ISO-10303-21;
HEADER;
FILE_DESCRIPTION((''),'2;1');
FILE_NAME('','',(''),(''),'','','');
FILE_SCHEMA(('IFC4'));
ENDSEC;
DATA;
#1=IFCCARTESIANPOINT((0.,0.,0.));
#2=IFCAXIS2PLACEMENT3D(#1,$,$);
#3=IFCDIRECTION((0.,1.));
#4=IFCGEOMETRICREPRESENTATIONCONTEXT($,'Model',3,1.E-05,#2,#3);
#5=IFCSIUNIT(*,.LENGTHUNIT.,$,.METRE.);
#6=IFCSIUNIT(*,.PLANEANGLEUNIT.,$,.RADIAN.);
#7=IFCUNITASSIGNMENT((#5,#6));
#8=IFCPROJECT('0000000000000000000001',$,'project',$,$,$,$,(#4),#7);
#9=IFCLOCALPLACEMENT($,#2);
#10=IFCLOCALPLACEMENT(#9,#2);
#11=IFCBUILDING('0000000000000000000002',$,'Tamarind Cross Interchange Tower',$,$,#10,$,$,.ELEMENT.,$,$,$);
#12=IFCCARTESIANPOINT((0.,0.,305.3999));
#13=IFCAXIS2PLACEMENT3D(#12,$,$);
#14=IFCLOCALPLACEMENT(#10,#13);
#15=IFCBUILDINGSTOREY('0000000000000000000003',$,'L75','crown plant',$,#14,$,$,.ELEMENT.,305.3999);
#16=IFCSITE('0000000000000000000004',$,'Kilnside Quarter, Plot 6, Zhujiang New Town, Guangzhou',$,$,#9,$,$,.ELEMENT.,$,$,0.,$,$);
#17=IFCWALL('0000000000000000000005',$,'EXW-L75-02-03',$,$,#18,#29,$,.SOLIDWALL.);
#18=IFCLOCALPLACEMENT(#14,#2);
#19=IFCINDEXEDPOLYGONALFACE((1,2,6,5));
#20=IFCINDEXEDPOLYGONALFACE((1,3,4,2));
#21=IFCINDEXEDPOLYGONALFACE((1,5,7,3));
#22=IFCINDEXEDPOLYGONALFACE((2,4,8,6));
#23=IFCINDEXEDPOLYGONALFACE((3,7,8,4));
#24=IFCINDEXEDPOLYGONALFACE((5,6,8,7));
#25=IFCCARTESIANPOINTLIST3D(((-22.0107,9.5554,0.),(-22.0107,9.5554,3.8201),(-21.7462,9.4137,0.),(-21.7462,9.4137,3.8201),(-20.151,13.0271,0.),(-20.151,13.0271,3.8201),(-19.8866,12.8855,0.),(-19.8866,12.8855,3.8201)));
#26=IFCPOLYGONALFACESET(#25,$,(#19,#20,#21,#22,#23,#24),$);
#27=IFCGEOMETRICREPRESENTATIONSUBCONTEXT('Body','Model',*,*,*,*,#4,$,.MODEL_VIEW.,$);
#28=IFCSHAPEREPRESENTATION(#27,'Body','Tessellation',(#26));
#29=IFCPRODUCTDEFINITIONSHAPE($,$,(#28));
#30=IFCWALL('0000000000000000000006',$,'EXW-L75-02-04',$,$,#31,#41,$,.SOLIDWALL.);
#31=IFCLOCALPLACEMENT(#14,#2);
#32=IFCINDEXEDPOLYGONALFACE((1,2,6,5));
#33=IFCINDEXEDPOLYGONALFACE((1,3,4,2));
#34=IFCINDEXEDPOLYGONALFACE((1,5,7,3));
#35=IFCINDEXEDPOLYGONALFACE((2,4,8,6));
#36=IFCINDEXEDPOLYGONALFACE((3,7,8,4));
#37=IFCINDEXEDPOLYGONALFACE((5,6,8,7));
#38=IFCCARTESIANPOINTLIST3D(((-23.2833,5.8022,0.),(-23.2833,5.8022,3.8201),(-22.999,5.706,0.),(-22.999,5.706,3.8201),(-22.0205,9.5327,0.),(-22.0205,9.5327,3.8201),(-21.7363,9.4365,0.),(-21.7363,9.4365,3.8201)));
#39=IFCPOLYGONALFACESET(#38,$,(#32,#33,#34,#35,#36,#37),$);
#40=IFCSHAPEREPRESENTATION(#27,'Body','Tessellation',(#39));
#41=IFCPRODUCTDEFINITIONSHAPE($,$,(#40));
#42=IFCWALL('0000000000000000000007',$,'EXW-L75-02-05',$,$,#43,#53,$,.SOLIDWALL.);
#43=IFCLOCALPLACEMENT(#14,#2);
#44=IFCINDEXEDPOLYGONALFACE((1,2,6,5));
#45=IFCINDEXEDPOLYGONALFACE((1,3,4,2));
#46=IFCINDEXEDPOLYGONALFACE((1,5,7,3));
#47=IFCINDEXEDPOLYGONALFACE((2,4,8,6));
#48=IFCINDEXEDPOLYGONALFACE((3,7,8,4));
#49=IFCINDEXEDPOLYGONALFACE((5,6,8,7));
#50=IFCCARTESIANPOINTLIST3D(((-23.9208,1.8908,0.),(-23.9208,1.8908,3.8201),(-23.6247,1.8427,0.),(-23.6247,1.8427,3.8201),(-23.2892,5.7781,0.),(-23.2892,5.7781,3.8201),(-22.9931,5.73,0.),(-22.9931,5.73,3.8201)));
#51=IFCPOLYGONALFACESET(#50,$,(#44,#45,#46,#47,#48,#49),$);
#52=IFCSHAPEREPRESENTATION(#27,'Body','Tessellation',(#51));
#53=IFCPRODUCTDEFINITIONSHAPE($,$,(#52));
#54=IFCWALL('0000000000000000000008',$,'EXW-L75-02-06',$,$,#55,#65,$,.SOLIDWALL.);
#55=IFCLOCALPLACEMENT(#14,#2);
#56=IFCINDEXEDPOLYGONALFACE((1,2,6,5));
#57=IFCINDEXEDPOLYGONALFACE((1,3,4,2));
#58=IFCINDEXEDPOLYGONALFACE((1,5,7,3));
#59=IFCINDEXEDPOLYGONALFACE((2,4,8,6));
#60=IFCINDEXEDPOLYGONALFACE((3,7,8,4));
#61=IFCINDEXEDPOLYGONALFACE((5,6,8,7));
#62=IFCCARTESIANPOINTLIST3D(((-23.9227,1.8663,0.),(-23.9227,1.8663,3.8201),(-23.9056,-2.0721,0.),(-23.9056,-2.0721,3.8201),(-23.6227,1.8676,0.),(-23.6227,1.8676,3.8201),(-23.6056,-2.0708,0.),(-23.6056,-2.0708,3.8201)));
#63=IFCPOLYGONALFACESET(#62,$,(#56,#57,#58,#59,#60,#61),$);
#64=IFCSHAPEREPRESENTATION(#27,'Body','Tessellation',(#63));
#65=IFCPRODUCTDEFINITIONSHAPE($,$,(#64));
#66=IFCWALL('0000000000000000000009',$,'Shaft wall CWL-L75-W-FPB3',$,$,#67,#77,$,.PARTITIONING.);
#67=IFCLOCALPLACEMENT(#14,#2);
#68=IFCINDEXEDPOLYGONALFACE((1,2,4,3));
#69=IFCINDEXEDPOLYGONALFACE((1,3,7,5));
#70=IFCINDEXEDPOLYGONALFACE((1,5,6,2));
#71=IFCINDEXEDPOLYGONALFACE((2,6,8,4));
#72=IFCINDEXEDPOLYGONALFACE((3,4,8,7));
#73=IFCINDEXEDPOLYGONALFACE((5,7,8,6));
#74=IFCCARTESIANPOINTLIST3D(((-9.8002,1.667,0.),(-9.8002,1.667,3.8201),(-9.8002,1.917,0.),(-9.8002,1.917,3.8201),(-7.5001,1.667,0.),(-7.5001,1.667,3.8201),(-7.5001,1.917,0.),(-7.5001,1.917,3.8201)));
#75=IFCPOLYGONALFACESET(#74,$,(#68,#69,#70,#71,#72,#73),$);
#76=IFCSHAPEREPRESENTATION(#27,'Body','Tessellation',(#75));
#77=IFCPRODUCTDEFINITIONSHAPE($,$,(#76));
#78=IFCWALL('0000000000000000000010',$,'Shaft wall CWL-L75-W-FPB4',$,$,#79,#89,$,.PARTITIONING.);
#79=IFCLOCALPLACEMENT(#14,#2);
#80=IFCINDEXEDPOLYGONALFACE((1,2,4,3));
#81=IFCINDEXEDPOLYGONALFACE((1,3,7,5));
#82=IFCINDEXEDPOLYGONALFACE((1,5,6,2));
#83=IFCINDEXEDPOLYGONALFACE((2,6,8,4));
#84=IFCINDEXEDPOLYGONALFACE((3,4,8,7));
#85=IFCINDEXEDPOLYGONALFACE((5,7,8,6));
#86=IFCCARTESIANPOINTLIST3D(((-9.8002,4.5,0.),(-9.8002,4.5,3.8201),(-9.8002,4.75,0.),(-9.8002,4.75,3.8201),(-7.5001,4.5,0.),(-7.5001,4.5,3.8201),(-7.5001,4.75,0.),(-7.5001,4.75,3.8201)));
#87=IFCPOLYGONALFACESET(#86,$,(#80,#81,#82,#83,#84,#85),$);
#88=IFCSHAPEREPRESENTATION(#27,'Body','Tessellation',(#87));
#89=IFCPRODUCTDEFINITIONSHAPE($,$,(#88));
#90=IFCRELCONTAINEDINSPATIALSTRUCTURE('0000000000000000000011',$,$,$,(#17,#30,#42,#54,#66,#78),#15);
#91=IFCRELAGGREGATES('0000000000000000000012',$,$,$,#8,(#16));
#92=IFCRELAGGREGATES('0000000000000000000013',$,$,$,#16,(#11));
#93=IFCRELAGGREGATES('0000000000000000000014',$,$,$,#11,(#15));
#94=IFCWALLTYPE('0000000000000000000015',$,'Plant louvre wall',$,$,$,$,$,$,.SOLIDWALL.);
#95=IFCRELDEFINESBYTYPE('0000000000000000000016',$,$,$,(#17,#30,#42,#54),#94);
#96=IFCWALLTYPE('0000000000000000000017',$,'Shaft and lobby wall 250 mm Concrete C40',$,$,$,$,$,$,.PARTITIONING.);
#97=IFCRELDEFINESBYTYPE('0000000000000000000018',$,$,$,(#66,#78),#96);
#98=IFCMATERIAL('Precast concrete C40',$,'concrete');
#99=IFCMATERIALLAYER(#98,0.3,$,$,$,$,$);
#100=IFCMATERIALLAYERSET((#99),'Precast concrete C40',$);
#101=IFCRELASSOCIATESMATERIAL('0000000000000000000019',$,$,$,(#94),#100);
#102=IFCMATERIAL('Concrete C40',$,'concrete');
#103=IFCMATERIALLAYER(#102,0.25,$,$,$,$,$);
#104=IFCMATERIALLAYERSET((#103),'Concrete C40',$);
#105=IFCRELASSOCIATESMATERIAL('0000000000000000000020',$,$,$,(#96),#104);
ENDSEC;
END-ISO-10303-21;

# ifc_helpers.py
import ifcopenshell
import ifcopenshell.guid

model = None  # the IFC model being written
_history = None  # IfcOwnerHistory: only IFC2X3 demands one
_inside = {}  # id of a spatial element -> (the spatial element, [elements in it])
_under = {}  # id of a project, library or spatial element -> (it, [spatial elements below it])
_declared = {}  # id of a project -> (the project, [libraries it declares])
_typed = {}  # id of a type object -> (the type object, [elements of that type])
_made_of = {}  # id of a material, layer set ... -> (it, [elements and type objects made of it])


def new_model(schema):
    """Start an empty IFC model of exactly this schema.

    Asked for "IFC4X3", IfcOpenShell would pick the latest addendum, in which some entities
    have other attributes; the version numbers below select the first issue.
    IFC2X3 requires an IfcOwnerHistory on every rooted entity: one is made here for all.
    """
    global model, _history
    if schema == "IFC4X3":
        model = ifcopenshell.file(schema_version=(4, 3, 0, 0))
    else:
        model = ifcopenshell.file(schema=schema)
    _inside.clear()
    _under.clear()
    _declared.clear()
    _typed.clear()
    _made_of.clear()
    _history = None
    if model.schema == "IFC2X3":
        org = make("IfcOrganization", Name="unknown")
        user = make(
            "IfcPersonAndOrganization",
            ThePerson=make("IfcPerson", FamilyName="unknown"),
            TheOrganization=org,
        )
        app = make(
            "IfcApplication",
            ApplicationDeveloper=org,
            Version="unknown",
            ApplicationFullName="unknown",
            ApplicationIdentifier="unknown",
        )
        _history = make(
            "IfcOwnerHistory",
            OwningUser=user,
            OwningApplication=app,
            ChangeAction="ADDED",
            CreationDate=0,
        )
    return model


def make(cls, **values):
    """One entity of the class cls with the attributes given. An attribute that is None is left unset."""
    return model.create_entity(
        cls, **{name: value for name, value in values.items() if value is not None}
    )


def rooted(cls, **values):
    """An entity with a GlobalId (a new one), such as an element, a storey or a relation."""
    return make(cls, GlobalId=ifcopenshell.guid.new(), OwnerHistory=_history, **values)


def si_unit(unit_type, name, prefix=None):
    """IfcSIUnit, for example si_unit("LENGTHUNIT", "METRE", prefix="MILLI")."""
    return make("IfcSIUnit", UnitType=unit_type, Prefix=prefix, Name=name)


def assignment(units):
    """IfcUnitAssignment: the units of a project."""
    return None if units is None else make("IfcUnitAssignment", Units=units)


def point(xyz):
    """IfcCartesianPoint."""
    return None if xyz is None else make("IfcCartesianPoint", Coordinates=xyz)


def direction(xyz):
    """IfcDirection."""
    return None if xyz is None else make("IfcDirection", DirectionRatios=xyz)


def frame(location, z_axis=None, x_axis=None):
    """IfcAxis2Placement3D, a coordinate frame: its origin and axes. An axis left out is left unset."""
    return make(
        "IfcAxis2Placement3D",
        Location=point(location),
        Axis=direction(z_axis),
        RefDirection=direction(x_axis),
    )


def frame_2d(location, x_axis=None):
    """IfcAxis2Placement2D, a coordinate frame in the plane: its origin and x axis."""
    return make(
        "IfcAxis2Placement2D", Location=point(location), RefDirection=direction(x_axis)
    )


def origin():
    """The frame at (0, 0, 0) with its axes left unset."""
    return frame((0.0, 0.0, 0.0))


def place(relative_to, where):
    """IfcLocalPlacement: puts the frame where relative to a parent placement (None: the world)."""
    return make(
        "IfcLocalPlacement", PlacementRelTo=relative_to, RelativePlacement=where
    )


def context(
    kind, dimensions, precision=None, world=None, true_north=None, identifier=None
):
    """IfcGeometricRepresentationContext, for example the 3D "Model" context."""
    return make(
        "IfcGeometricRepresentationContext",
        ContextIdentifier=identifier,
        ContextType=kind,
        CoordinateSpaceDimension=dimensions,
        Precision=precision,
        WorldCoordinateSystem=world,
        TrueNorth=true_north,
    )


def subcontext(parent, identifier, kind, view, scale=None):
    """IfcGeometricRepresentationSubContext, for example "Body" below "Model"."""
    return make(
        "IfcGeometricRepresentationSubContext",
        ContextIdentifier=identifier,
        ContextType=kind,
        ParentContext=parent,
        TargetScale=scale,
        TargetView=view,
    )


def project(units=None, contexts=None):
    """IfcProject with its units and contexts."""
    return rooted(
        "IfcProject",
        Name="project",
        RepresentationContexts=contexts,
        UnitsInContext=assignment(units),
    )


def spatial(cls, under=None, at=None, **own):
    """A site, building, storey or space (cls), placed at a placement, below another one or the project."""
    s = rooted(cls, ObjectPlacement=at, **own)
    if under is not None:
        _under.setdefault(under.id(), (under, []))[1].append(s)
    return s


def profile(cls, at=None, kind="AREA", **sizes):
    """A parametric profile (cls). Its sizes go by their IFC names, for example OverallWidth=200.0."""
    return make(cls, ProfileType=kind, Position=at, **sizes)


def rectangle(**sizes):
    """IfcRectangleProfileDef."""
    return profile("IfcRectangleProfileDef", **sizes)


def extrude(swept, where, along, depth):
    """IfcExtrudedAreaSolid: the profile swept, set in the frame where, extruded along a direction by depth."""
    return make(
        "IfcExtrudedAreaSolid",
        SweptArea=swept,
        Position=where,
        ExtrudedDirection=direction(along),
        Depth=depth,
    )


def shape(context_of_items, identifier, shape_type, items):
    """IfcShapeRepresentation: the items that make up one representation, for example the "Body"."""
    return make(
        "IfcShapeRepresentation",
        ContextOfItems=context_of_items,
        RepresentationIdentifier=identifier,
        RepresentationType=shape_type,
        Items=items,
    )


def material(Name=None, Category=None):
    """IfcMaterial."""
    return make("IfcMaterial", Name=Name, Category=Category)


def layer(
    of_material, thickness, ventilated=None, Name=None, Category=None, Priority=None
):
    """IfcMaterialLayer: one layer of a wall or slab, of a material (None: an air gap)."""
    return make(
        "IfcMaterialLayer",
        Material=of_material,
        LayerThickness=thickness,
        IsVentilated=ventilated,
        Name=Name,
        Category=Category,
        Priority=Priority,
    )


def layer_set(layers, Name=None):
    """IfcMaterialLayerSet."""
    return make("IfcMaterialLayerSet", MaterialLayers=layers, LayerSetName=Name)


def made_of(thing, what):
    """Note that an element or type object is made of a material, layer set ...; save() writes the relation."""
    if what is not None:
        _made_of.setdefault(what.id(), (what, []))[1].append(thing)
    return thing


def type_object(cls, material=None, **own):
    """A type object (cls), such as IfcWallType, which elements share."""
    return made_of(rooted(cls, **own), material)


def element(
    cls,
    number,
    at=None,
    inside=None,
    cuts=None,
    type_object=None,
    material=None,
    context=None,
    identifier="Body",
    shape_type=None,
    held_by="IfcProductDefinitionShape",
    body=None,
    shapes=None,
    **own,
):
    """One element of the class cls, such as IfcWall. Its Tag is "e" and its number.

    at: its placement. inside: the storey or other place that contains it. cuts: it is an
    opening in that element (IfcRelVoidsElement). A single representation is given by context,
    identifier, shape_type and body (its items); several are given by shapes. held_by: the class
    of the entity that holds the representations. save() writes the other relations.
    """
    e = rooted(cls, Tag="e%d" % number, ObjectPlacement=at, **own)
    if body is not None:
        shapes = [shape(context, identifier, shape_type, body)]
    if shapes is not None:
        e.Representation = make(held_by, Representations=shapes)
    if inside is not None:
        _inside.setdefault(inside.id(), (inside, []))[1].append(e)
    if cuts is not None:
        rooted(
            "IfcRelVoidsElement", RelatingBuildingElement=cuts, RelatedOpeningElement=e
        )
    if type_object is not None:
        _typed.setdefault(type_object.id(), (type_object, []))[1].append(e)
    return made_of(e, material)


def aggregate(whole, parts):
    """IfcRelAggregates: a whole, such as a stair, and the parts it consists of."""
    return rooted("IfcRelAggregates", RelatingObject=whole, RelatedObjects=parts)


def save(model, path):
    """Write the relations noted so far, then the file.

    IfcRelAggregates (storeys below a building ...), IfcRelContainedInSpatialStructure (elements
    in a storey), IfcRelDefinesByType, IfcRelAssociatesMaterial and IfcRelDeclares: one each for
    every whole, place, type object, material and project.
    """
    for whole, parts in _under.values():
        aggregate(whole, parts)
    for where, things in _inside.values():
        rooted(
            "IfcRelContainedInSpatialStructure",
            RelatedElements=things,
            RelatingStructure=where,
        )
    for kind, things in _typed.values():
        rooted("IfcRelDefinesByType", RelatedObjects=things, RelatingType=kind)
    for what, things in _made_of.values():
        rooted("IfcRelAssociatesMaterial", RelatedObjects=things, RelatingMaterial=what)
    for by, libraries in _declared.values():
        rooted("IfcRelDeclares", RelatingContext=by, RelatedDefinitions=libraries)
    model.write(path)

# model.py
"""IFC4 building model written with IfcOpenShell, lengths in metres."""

from ifc_helpers import new_model, si_unit, direction, frame, frame_2d, origin, place, context, subcontext, project, spatial, rectangle, extrude, material, layer, layer_set, type_object, element, save


model = new_model("IFC4")

# Units and contexts
model_context = context("Model", 3, precision=1e-05, world=origin(), true_north=direction((0.0, 1.0)))
body_context = subcontext(model_context, "Body", "Model", "MODEL_VIEW")
ifc_project = project(units=[si_unit("LENGTHUNIT", "METRE"), si_unit("PLANEANGLEUNIT", "RADIAN")], contexts=[model_context])

# Site, building, storey
site_placement = place(None, origin())
site = spatial("IfcSite", under=ifc_project, at=site_placement, Name="Kilnside Quarter, Plot 6, Zhujiang New Town, Guangzhou", CompositionType="ELEMENT", RefElevation=0.0)
building_placement = place(site_placement, origin())
building = spatial("IfcBuilding", under=site, at=building_placement, Name="Tamarind Cross Interchange Tower", CompositionType="ELEMENT")
storey_placement = place(building_placement, frame((0.0, 0.0, 305.3999)))
storey = spatial("IfcBuildingStorey", under=building, at=storey_placement, Name="L75", Description="crown plant", CompositionType="ELEMENT", Elevation=305.3999)

# Walls
ifc_material_1 = material(Name="Precast concrete C40", Category="concrete")
ifc_layer_1 = layer(ifc_material_1, 0.3)
ifc_layer_set_1 = layer_set([ifc_layer_1], Name="Precast concrete C40")
wall_type_1 = type_object("IfcWallType", Name="Plant louvre wall", PredefinedType="SOLIDWALL", material=ifc_layer_set_1)
for number, where, z_axis, x_axis, name in (
    (1, (-20.0188, 12.9563, 0.0), (0.0, 0.0, 1.0), (-0.47218, -0.881502, 0.0), "EXW-L75-02-03"),
    (2, (-21.8784, 9.4846, 0.0), (0.0, 0.0, 1.0), (-0.320613, -0.94721, 0.0), "EXW-L75-02-04"),
):
    element("IfcWall", number, at=place(storey_placement, frame(where, z_axis=z_axis, x_axis=x_axis)), inside=storey, type_object=wall_type_1, Name=name, PredefinedType="SOLIDWALL", context=body_context, shape_type="SweptSolid", body=[
        extrude(rectangle(XDim=3.9385, YDim=0.3, at=frame_2d((1.9692, 0.0))), origin(), (0.0, 0.0, 1.0), 3.8201),
    ])
wall_1_placement = place(storey_placement, frame((-23.1411, 5.7542, 0.0), z_axis=(0.0, 0.0, 1.0), x_axis=(-0.160376, -0.987056, 0.0)))
element("IfcWall", 3, at=wall_1_placement, inside=storey, type_object=wall_type_1, Name="EXW-L75-02-05", PredefinedType="SOLIDWALL", context=body_context, shape_type="SweptSolid", body=[
    extrude(rectangle(XDim=3.9382, YDim=0.3, at=frame_2d((1.9692, 0.0))), origin(), (0.0, 0.0, 1.0), 3.8201),
])
wall_2_placement = place(storey_placement, frame((-23.7727, 1.8669, 0.0), z_axis=(0.0, 0.0, 1.0), x_axis=(0.004339, -0.999991, 0.0)))
element("IfcWall", 4, at=wall_2_placement, inside=storey, type_object=wall_type_1, Name="EXW-L75-02-06", PredefinedType="SOLIDWALL", context=body_context, shape_type="SweptSolid", body=[
    extrude(rectangle(XDim=3.9385, YDim=0.3, at=frame_2d((1.9692, 0.0))), origin(), (0.0, 0.0, 1.0), 3.8201),
])
ifc_material_2 = material(Name="Concrete C40", Category="concrete")
ifc_layer_2 = layer(ifc_material_2, 0.25)
ifc_layer_set_2 = layer_set([ifc_layer_2], Name="Concrete C40")
wall_type_2 = type_object("IfcWallType", Name="Shaft and lobby wall 250 mm Concrete C40", PredefinedType="PARTITIONING", material=ifc_layer_set_2)
for number, where, z_axis, x_axis, name in (
    (5, (-9.8, 1.792, 0.0), (0.0, 0.0, 1.0), (1.0, 0.0, 0.0), "Shaft wall CWL-L75-W-FPB3"),
    (6, (-9.8, 4.625, 0.0), (0.0, 0.0, 1.0), (1.0, 0.0, 0.0), "Shaft wall CWL-L75-W-FPB4"),
):
    element("IfcWall", number, at=place(storey_placement, frame(where, z_axis=z_axis, x_axis=x_axis)), inside=storey, type_object=wall_type_2, Name=name, PredefinedType="PARTITIONING", context=body_context, shape_type="SweptSolid", body=[
        extrude(rectangle(XDim=2.3, YDim=0.25, at=frame_2d((1.1499, 0.0))), origin(), (0.0, 0.0, 1.0), 3.8201),
    ])

save(model, "model.ifc")
